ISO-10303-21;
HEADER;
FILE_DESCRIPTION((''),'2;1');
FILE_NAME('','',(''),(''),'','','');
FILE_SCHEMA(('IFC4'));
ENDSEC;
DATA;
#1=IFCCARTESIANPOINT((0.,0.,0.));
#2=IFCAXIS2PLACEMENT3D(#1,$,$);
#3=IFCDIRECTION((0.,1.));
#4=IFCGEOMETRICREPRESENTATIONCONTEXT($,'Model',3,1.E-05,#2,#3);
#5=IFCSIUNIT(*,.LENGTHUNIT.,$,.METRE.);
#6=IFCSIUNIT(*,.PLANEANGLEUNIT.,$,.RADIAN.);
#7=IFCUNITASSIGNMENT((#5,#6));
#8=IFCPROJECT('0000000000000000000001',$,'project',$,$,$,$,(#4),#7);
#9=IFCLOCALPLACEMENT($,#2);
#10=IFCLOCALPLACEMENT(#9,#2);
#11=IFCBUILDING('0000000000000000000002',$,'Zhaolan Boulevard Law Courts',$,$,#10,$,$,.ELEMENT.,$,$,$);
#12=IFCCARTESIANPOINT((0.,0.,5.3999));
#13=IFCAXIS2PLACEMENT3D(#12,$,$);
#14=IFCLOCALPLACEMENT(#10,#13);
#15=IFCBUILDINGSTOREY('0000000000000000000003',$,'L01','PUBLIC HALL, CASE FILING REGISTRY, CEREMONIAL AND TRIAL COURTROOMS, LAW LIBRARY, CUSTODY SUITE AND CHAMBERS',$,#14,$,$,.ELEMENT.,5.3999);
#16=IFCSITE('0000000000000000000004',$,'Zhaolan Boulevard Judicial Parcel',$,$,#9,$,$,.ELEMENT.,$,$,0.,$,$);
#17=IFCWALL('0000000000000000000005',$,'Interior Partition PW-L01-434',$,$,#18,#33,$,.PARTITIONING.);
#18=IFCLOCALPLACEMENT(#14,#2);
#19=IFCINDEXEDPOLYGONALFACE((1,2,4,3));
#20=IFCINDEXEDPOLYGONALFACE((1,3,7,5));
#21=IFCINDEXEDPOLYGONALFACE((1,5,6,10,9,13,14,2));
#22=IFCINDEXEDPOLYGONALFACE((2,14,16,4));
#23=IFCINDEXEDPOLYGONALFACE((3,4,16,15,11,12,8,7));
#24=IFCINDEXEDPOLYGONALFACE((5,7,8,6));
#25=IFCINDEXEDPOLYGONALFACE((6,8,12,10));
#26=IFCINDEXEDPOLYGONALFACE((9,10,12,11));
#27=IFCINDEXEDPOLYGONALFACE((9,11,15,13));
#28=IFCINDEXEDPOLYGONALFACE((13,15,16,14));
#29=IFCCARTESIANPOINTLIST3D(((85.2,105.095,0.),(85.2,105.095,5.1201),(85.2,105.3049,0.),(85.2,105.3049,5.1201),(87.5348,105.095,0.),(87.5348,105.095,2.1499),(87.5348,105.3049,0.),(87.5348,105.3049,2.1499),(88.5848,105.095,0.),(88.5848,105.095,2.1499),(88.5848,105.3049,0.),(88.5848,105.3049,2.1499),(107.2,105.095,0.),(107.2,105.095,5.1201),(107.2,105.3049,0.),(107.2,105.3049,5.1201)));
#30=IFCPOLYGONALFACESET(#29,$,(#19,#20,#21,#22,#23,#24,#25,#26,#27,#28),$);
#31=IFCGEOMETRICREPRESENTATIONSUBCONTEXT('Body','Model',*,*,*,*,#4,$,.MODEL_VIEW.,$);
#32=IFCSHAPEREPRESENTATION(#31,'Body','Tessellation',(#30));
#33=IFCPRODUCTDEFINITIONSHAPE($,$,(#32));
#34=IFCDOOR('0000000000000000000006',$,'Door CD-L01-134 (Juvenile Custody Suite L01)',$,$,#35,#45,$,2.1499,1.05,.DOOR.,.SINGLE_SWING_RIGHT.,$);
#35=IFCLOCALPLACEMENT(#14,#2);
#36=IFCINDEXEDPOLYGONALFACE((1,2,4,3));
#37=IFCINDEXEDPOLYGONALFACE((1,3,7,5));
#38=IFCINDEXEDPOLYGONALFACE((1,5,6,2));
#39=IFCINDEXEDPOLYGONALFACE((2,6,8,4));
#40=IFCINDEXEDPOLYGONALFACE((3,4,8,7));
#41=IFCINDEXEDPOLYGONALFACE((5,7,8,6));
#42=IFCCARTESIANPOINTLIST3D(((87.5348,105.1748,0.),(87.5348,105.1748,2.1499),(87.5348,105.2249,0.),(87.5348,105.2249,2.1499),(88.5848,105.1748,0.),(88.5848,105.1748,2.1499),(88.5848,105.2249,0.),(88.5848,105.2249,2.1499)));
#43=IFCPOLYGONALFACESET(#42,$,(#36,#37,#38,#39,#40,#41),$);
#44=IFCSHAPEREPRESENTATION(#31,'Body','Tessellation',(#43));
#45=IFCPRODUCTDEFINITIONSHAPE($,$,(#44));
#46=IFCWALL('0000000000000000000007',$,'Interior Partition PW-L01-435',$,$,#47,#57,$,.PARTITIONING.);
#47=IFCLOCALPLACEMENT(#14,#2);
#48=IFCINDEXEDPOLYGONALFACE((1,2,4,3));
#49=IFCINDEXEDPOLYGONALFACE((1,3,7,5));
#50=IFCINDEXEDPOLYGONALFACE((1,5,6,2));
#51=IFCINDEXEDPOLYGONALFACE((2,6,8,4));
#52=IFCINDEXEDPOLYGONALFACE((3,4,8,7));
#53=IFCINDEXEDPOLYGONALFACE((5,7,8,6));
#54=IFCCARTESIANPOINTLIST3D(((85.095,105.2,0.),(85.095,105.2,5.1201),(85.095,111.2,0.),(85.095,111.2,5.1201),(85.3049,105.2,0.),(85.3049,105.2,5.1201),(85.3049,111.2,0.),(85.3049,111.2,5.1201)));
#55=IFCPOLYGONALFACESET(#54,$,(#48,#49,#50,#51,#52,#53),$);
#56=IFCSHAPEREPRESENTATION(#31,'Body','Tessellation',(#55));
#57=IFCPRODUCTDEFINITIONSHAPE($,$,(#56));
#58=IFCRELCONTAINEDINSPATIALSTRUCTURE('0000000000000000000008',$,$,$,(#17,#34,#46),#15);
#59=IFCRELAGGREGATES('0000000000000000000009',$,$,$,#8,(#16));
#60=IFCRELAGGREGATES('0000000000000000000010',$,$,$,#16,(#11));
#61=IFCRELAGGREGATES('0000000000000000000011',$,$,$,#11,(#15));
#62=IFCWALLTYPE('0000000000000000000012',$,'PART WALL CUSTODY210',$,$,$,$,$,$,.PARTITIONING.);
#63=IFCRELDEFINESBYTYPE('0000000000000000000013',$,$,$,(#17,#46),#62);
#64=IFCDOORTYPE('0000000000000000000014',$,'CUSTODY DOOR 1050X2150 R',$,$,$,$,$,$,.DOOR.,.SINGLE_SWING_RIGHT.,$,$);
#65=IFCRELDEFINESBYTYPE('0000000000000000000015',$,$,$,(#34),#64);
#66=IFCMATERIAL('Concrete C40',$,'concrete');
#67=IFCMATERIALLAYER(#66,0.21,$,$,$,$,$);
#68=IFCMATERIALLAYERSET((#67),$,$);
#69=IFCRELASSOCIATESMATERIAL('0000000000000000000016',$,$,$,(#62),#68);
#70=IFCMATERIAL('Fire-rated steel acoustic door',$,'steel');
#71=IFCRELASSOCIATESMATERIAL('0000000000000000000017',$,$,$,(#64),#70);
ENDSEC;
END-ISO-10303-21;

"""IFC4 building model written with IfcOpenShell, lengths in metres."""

from ifc_helpers import new_model, si_unit, direction, frame, frame_2d, origin, place, context, subcontext, project, spatial, rectangle, extrude, material, layer, layer_set, type_object, element, fill, save


model = new_model("IFC4")

# Units and contexts
model_context = context("Model", 3, precision=1e-05, world=origin(), true_north=direction((0.0, 1.0)))
body_context = subcontext(model_context, "Body", "Model", "MODEL_VIEW")
ifc_project = project(units=[si_unit("LENGTHUNIT", "METRE"), si_unit("PLANEANGLEUNIT", "RADIAN")], contexts=[model_context])

# Site, building, storey
site_placement = place(None, origin())
site = spatial("IfcSite", under=ifc_project, at=site_placement, Name="Zhaolan Boulevard Judicial Parcel", CompositionType="ELEMENT", RefElevation=0.0)
building_placement = place(site_placement, origin())
building = spatial("IfcBuilding", under=site, at=building_placement, Name="Zhaolan Boulevard Law Courts", CompositionType="ELEMENT")
storey_placement = place(building_placement, frame((0.0, 0.0, 5.3999)))
storey = spatial("IfcBuildingStorey", under=building, at=storey_placement, Name="L01", Description="PUBLIC HALL, CASE FILING REGISTRY, CEREMONIAL AND TRIAL COURTROOMS, LAW LIBRARY, CUSTODY SUITE AND CHAMBERS", CompositionType="ELEMENT", Elevation=5.3999)

# Wall, opening, door
ifc_material_1 = material(Name="Concrete C40", Category="concrete")
ifc_layer_1 = layer(ifc_material_1, 0.21)
ifc_layer_set_1 = layer_set([ifc_layer_1])
wall_type_1 = type_object("IfcWallType", Name="PART WALL CUSTODY210", PredefinedType="PARTITIONING", material=ifc_layer_set_1)
wall_1_placement = place(storey_placement, frame((85.2, 105.2, 0.0), z_axis=(0.0, 0.0, 1.0), x_axis=(1.0, 0.0, 0.0)))
wall_1 = element("IfcWall", 1, at=wall_1_placement, inside=storey, type_object=wall_type_1, Name="Interior Partition PW-L01-434", PredefinedType="PARTITIONING", context=body_context, shape_type="SweptSolid", body=[
    extrude(rectangle(XDim=22.0, YDim=0.21, at=frame_2d((11.0, 0.0))), origin(), (0.0, 0.0, 1.0), 5.1201),
])
opening_1_placement = place(wall_1_placement, frame((2.335, 0.0, 0.0)))
opening_1 = element("IfcOpeningElement", 2, at=opening_1_placement, cuts=wall_1, PredefinedType="OPENING", context=body_context, shape_type="SweptSolid", body=[
    extrude(rectangle(XDim=1.05, YDim=2.1499, at=frame_2d((0.5249, 1.075))), frame((0.0, 0.115, 0.0), z_axis=(0.0, -1.0, 0.0), x_axis=(1.0, 0.0, 0.0)), (0.0, 0.0, 1.0), 0.23),
])
ifc_material_2 = material(Name="Fire-rated steel acoustic door", Category="steel")
door_type = type_object("IfcDoorType", Name="CUSTODY DOOR 1050X2150 R", OperationType="SINGLE_SWING_RIGHT", PredefinedType="DOOR", material=ifc_material_2)
door_placement = place(opening_1_placement, origin())
door = element("IfcDoor", 3, at=door_placement, inside=storey, type_object=door_type, Name="Door CD-L01-134 (Juvenile Custody Suite L01)", OperationType="SINGLE_SWING_RIGHT", OverallHeight=2.1499, OverallWidth=1.05, PredefinedType="DOOR", context=body_context, shape_type="SweptSolid", body=[
    extrude(rectangle(XDim=1.05, YDim=2.1499, at=frame_2d((0.5249, 1.075))), frame((0.0, 0.0249, 0.0), z_axis=(0.0, -1.0, 0.0), x_axis=(1.0, 0.0, 0.0)), (0.0, 0.0, 1.0), 0.05),
])
fill(opening_1, door)

# Wall
wall_2_placement = place(storey_placement, frame((85.2, 111.2, 0.0), z_axis=(0.0, 0.0, 1.0), x_axis=(0.0, -1.0, 0.0)))
element("IfcWall", 4, at=wall_2_placement, inside=storey, type_object=wall_type_1, Name="Interior Partition PW-L01-435", PredefinedType="PARTITIONING", context=body_context, shape_type="SweptSolid", body=[
    extrude(rectangle(XDim=6.0, YDim=0.21, at=frame_2d((3.0, 0.0))), origin(), (0.0, 0.0, 1.0), 5.1201),
])

save(model, "model.ifc")
